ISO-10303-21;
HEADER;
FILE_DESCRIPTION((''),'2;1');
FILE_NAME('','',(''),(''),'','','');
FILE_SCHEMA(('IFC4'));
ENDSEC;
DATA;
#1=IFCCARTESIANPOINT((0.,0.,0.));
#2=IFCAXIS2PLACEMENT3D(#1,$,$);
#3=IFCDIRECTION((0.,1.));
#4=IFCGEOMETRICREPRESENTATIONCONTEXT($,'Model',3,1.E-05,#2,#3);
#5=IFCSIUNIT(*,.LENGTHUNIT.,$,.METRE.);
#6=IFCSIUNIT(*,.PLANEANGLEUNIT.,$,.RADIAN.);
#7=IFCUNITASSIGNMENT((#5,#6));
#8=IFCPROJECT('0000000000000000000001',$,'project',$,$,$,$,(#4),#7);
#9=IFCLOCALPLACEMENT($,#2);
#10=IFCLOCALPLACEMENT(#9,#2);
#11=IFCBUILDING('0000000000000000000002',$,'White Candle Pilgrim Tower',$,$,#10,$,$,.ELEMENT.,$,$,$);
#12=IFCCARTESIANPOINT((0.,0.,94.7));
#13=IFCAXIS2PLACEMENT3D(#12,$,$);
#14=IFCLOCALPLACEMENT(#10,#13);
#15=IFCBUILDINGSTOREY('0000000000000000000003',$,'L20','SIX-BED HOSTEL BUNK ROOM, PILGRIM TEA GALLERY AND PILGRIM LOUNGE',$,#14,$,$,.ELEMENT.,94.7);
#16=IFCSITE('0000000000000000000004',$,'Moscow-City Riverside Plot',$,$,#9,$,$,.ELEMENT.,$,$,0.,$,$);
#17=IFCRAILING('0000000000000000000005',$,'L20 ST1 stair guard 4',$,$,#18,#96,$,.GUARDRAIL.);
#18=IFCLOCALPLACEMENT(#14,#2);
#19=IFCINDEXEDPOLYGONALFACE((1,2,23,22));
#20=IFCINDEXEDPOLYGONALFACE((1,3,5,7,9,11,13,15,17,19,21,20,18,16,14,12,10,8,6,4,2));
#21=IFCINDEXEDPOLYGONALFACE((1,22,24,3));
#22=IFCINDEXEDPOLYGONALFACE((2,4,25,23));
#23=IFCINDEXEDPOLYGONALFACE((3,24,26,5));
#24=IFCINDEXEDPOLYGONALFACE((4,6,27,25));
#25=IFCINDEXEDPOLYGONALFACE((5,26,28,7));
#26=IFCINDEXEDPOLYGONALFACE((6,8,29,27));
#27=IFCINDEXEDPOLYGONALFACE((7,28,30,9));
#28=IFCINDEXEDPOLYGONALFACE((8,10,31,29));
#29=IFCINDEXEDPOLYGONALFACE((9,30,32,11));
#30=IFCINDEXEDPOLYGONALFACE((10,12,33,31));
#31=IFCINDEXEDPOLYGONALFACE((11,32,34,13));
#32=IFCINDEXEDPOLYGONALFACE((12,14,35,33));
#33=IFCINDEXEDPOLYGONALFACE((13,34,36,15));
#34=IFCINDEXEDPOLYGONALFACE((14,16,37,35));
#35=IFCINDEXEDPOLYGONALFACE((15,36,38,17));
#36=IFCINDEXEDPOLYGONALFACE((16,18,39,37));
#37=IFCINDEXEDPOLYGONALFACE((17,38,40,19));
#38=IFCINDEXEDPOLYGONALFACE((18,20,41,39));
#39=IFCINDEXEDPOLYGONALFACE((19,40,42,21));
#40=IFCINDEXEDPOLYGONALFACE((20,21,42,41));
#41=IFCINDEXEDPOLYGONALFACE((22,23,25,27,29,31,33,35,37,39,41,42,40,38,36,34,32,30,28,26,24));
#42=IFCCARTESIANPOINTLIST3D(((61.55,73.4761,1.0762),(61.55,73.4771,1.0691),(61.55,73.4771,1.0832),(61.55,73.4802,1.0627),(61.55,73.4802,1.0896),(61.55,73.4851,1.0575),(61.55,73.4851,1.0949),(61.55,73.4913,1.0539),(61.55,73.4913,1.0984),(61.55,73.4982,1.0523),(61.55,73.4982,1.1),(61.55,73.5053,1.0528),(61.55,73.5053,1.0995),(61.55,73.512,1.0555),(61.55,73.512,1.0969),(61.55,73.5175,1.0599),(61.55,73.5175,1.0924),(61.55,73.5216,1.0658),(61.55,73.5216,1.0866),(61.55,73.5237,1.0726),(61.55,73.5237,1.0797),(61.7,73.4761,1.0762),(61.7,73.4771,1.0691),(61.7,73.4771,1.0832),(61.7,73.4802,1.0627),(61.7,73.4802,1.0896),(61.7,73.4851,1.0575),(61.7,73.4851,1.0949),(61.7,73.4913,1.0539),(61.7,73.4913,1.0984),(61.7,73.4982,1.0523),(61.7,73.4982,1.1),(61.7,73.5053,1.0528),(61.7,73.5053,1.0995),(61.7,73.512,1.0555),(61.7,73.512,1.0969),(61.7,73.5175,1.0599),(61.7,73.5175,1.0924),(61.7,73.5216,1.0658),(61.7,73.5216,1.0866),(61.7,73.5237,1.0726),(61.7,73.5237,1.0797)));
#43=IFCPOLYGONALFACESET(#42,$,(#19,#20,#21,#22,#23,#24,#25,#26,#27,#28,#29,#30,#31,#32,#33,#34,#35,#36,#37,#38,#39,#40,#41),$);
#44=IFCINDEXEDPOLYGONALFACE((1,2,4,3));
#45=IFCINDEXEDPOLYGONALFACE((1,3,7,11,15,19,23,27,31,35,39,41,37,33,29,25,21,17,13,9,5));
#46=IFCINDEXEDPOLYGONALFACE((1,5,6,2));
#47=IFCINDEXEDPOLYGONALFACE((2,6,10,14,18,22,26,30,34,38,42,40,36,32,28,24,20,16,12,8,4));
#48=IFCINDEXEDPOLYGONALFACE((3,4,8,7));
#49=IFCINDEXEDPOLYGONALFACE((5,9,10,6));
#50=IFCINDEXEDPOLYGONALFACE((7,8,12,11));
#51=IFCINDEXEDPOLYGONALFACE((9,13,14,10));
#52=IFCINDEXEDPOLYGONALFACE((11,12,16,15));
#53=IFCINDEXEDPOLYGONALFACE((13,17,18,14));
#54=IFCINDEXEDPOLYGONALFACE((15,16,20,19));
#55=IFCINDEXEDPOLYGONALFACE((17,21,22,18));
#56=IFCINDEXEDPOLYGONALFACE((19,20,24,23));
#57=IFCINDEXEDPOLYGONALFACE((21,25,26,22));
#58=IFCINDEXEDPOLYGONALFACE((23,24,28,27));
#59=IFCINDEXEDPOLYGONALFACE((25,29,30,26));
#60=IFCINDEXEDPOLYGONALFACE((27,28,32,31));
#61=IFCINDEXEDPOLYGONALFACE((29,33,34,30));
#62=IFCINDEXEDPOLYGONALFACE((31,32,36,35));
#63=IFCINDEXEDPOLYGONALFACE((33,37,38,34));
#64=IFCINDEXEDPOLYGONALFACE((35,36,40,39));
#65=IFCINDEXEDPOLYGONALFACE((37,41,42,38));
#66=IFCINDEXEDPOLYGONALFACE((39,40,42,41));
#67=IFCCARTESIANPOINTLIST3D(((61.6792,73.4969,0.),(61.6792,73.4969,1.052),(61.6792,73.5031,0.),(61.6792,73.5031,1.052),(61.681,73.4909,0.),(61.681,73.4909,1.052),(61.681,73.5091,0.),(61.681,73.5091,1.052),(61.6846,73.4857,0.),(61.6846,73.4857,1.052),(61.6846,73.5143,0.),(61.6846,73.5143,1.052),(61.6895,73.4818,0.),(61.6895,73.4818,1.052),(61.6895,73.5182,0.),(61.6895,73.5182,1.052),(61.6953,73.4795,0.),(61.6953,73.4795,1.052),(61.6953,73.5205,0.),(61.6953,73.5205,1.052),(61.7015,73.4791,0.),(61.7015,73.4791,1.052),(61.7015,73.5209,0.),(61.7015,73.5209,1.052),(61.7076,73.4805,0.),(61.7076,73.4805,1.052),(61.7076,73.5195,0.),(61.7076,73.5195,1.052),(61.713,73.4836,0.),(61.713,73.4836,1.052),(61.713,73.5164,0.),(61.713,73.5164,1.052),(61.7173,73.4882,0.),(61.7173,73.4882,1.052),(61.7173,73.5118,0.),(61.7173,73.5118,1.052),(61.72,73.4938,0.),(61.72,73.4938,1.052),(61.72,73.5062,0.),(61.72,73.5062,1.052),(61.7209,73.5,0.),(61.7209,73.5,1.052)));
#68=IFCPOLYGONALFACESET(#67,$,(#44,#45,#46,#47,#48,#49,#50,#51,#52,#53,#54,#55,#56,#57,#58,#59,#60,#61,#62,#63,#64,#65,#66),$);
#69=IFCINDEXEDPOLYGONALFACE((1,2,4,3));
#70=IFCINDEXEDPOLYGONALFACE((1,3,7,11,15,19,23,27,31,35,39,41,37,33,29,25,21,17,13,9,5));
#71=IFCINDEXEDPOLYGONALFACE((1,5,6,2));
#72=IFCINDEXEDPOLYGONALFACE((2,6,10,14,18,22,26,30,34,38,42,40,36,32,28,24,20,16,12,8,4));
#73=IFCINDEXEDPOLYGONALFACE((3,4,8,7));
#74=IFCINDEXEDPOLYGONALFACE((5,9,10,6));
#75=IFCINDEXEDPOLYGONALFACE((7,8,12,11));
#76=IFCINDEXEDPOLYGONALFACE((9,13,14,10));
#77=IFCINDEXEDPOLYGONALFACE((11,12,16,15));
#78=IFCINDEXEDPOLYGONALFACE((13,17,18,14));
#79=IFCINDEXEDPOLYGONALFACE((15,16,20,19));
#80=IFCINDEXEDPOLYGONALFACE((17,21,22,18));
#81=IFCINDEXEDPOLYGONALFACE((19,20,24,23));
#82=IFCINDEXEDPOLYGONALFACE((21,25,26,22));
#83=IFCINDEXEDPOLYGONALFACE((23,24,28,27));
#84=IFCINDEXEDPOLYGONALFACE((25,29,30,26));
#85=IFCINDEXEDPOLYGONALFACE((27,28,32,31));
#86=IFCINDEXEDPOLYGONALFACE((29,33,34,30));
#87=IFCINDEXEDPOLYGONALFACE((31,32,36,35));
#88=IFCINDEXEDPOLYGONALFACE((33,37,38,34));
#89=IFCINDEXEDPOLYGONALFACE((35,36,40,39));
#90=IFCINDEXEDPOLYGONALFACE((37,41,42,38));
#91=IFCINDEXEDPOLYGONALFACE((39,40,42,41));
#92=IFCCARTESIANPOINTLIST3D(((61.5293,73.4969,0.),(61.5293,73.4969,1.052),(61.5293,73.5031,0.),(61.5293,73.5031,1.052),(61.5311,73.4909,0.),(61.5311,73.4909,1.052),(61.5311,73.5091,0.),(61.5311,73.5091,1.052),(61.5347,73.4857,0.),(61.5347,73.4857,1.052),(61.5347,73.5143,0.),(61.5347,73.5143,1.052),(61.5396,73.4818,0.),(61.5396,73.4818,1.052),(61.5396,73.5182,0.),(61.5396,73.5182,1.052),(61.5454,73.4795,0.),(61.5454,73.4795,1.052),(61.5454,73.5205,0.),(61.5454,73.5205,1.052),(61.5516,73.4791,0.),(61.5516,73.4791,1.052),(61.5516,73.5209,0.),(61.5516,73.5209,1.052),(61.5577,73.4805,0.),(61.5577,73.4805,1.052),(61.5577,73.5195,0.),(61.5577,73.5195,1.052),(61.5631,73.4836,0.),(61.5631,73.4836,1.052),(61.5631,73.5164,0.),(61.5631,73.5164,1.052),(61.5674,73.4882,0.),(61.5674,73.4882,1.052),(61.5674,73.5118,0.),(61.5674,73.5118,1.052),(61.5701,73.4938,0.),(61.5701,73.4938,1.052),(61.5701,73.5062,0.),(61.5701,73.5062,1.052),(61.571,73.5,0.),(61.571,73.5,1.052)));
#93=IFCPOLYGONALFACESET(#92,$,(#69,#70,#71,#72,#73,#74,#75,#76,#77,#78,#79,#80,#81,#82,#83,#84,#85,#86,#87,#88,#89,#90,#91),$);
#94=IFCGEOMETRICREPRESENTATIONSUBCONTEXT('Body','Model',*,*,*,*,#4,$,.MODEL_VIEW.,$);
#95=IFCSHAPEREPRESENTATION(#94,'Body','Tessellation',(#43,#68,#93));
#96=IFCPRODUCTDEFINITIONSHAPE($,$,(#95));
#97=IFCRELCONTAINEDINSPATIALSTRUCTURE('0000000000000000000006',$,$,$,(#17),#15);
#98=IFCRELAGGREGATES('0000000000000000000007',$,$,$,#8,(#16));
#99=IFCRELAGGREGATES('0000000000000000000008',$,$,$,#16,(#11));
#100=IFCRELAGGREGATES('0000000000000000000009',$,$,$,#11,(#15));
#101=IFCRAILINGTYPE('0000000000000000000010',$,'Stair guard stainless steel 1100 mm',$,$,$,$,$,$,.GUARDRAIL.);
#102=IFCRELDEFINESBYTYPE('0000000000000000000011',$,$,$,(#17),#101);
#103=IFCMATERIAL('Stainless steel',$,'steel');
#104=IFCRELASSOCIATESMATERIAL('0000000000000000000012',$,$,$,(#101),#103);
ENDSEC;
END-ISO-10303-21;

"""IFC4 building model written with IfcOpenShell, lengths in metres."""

from ifc_helpers import new_model, si_unit, direction, frame, origin, origin_2d, place, context, subcontext, project, spatial, circle, extrude, material, type_object, element, save


model = new_model("IFC4")

# Units and contexts
model_context = context("Model", 3, precision=1e-05, world=origin(), true_north=direction((0.0, 1.0)))
body_context = subcontext(model_context, "Body", "Model", "MODEL_VIEW")
ifc_project = project(units=[si_unit("LENGTHUNIT", "METRE"), si_unit("PLANEANGLEUNIT", "RADIAN")], contexts=[model_context])

# Site, building, storey
site_placement = place(None, origin())
site = spatial("IfcSite", under=ifc_project, at=site_placement, Name="Moscow-City Riverside Plot", CompositionType="ELEMENT", RefElevation=0.0)
building_placement = place(site_placement, origin())
building = spatial("IfcBuilding", under=site, at=building_placement, Name="White Candle Pilgrim Tower", CompositionType="ELEMENT")
storey_placement = place(building_placement, frame((0.0, 0.0, 94.7)))
storey = spatial("IfcBuildingStorey", under=building, at=storey_placement, Name="L20", Description="SIX-BED HOSTEL BUNK ROOM, PILGRIM TEA GALLERY AND PILGRIM LOUNGE", CompositionType="ELEMENT", Elevation=94.7)

# Shared definitions
ifc_material_1 = material(Name="Stainless steel", Category="steel")

# Railing
railing_type_1 = type_object("IfcRailingType", Name="Stair guard stainless steel 1100 mm", PredefinedType="GUARDRAIL", material=ifc_material_1)
railing_1_placement = place(storey_placement, frame((61.7, 73.5, 0.0)))
element("IfcRailing", 1, at=railing_1_placement, inside=storey, type_object=railing_type_1, Name="L20 ST1 stair guard 4", PredefinedType="GUARDRAIL", context=body_context, shape_type="SweptSolid", body=[
    extrude(circle(Radius=0.0239, at=origin_2d()), frame((0.0, 0.0, 1.0762), z_axis=(-1.0, 0.0, 0.0), x_axis=(0.0, -1.0, 0.0)), (0.0, 0.0, 1.0), 0.1499),
    extrude(circle(Radius=0.021, at=origin_2d()), origin(), (0.0, 0.0, 1.0), 1.052),
    extrude(circle(Radius=0.021, at=origin_2d()), frame((-0.1499, 0.0, 0.0)), (0.0, 0.0, 1.0), 1.052),
])

save(model, "model.ifc")
